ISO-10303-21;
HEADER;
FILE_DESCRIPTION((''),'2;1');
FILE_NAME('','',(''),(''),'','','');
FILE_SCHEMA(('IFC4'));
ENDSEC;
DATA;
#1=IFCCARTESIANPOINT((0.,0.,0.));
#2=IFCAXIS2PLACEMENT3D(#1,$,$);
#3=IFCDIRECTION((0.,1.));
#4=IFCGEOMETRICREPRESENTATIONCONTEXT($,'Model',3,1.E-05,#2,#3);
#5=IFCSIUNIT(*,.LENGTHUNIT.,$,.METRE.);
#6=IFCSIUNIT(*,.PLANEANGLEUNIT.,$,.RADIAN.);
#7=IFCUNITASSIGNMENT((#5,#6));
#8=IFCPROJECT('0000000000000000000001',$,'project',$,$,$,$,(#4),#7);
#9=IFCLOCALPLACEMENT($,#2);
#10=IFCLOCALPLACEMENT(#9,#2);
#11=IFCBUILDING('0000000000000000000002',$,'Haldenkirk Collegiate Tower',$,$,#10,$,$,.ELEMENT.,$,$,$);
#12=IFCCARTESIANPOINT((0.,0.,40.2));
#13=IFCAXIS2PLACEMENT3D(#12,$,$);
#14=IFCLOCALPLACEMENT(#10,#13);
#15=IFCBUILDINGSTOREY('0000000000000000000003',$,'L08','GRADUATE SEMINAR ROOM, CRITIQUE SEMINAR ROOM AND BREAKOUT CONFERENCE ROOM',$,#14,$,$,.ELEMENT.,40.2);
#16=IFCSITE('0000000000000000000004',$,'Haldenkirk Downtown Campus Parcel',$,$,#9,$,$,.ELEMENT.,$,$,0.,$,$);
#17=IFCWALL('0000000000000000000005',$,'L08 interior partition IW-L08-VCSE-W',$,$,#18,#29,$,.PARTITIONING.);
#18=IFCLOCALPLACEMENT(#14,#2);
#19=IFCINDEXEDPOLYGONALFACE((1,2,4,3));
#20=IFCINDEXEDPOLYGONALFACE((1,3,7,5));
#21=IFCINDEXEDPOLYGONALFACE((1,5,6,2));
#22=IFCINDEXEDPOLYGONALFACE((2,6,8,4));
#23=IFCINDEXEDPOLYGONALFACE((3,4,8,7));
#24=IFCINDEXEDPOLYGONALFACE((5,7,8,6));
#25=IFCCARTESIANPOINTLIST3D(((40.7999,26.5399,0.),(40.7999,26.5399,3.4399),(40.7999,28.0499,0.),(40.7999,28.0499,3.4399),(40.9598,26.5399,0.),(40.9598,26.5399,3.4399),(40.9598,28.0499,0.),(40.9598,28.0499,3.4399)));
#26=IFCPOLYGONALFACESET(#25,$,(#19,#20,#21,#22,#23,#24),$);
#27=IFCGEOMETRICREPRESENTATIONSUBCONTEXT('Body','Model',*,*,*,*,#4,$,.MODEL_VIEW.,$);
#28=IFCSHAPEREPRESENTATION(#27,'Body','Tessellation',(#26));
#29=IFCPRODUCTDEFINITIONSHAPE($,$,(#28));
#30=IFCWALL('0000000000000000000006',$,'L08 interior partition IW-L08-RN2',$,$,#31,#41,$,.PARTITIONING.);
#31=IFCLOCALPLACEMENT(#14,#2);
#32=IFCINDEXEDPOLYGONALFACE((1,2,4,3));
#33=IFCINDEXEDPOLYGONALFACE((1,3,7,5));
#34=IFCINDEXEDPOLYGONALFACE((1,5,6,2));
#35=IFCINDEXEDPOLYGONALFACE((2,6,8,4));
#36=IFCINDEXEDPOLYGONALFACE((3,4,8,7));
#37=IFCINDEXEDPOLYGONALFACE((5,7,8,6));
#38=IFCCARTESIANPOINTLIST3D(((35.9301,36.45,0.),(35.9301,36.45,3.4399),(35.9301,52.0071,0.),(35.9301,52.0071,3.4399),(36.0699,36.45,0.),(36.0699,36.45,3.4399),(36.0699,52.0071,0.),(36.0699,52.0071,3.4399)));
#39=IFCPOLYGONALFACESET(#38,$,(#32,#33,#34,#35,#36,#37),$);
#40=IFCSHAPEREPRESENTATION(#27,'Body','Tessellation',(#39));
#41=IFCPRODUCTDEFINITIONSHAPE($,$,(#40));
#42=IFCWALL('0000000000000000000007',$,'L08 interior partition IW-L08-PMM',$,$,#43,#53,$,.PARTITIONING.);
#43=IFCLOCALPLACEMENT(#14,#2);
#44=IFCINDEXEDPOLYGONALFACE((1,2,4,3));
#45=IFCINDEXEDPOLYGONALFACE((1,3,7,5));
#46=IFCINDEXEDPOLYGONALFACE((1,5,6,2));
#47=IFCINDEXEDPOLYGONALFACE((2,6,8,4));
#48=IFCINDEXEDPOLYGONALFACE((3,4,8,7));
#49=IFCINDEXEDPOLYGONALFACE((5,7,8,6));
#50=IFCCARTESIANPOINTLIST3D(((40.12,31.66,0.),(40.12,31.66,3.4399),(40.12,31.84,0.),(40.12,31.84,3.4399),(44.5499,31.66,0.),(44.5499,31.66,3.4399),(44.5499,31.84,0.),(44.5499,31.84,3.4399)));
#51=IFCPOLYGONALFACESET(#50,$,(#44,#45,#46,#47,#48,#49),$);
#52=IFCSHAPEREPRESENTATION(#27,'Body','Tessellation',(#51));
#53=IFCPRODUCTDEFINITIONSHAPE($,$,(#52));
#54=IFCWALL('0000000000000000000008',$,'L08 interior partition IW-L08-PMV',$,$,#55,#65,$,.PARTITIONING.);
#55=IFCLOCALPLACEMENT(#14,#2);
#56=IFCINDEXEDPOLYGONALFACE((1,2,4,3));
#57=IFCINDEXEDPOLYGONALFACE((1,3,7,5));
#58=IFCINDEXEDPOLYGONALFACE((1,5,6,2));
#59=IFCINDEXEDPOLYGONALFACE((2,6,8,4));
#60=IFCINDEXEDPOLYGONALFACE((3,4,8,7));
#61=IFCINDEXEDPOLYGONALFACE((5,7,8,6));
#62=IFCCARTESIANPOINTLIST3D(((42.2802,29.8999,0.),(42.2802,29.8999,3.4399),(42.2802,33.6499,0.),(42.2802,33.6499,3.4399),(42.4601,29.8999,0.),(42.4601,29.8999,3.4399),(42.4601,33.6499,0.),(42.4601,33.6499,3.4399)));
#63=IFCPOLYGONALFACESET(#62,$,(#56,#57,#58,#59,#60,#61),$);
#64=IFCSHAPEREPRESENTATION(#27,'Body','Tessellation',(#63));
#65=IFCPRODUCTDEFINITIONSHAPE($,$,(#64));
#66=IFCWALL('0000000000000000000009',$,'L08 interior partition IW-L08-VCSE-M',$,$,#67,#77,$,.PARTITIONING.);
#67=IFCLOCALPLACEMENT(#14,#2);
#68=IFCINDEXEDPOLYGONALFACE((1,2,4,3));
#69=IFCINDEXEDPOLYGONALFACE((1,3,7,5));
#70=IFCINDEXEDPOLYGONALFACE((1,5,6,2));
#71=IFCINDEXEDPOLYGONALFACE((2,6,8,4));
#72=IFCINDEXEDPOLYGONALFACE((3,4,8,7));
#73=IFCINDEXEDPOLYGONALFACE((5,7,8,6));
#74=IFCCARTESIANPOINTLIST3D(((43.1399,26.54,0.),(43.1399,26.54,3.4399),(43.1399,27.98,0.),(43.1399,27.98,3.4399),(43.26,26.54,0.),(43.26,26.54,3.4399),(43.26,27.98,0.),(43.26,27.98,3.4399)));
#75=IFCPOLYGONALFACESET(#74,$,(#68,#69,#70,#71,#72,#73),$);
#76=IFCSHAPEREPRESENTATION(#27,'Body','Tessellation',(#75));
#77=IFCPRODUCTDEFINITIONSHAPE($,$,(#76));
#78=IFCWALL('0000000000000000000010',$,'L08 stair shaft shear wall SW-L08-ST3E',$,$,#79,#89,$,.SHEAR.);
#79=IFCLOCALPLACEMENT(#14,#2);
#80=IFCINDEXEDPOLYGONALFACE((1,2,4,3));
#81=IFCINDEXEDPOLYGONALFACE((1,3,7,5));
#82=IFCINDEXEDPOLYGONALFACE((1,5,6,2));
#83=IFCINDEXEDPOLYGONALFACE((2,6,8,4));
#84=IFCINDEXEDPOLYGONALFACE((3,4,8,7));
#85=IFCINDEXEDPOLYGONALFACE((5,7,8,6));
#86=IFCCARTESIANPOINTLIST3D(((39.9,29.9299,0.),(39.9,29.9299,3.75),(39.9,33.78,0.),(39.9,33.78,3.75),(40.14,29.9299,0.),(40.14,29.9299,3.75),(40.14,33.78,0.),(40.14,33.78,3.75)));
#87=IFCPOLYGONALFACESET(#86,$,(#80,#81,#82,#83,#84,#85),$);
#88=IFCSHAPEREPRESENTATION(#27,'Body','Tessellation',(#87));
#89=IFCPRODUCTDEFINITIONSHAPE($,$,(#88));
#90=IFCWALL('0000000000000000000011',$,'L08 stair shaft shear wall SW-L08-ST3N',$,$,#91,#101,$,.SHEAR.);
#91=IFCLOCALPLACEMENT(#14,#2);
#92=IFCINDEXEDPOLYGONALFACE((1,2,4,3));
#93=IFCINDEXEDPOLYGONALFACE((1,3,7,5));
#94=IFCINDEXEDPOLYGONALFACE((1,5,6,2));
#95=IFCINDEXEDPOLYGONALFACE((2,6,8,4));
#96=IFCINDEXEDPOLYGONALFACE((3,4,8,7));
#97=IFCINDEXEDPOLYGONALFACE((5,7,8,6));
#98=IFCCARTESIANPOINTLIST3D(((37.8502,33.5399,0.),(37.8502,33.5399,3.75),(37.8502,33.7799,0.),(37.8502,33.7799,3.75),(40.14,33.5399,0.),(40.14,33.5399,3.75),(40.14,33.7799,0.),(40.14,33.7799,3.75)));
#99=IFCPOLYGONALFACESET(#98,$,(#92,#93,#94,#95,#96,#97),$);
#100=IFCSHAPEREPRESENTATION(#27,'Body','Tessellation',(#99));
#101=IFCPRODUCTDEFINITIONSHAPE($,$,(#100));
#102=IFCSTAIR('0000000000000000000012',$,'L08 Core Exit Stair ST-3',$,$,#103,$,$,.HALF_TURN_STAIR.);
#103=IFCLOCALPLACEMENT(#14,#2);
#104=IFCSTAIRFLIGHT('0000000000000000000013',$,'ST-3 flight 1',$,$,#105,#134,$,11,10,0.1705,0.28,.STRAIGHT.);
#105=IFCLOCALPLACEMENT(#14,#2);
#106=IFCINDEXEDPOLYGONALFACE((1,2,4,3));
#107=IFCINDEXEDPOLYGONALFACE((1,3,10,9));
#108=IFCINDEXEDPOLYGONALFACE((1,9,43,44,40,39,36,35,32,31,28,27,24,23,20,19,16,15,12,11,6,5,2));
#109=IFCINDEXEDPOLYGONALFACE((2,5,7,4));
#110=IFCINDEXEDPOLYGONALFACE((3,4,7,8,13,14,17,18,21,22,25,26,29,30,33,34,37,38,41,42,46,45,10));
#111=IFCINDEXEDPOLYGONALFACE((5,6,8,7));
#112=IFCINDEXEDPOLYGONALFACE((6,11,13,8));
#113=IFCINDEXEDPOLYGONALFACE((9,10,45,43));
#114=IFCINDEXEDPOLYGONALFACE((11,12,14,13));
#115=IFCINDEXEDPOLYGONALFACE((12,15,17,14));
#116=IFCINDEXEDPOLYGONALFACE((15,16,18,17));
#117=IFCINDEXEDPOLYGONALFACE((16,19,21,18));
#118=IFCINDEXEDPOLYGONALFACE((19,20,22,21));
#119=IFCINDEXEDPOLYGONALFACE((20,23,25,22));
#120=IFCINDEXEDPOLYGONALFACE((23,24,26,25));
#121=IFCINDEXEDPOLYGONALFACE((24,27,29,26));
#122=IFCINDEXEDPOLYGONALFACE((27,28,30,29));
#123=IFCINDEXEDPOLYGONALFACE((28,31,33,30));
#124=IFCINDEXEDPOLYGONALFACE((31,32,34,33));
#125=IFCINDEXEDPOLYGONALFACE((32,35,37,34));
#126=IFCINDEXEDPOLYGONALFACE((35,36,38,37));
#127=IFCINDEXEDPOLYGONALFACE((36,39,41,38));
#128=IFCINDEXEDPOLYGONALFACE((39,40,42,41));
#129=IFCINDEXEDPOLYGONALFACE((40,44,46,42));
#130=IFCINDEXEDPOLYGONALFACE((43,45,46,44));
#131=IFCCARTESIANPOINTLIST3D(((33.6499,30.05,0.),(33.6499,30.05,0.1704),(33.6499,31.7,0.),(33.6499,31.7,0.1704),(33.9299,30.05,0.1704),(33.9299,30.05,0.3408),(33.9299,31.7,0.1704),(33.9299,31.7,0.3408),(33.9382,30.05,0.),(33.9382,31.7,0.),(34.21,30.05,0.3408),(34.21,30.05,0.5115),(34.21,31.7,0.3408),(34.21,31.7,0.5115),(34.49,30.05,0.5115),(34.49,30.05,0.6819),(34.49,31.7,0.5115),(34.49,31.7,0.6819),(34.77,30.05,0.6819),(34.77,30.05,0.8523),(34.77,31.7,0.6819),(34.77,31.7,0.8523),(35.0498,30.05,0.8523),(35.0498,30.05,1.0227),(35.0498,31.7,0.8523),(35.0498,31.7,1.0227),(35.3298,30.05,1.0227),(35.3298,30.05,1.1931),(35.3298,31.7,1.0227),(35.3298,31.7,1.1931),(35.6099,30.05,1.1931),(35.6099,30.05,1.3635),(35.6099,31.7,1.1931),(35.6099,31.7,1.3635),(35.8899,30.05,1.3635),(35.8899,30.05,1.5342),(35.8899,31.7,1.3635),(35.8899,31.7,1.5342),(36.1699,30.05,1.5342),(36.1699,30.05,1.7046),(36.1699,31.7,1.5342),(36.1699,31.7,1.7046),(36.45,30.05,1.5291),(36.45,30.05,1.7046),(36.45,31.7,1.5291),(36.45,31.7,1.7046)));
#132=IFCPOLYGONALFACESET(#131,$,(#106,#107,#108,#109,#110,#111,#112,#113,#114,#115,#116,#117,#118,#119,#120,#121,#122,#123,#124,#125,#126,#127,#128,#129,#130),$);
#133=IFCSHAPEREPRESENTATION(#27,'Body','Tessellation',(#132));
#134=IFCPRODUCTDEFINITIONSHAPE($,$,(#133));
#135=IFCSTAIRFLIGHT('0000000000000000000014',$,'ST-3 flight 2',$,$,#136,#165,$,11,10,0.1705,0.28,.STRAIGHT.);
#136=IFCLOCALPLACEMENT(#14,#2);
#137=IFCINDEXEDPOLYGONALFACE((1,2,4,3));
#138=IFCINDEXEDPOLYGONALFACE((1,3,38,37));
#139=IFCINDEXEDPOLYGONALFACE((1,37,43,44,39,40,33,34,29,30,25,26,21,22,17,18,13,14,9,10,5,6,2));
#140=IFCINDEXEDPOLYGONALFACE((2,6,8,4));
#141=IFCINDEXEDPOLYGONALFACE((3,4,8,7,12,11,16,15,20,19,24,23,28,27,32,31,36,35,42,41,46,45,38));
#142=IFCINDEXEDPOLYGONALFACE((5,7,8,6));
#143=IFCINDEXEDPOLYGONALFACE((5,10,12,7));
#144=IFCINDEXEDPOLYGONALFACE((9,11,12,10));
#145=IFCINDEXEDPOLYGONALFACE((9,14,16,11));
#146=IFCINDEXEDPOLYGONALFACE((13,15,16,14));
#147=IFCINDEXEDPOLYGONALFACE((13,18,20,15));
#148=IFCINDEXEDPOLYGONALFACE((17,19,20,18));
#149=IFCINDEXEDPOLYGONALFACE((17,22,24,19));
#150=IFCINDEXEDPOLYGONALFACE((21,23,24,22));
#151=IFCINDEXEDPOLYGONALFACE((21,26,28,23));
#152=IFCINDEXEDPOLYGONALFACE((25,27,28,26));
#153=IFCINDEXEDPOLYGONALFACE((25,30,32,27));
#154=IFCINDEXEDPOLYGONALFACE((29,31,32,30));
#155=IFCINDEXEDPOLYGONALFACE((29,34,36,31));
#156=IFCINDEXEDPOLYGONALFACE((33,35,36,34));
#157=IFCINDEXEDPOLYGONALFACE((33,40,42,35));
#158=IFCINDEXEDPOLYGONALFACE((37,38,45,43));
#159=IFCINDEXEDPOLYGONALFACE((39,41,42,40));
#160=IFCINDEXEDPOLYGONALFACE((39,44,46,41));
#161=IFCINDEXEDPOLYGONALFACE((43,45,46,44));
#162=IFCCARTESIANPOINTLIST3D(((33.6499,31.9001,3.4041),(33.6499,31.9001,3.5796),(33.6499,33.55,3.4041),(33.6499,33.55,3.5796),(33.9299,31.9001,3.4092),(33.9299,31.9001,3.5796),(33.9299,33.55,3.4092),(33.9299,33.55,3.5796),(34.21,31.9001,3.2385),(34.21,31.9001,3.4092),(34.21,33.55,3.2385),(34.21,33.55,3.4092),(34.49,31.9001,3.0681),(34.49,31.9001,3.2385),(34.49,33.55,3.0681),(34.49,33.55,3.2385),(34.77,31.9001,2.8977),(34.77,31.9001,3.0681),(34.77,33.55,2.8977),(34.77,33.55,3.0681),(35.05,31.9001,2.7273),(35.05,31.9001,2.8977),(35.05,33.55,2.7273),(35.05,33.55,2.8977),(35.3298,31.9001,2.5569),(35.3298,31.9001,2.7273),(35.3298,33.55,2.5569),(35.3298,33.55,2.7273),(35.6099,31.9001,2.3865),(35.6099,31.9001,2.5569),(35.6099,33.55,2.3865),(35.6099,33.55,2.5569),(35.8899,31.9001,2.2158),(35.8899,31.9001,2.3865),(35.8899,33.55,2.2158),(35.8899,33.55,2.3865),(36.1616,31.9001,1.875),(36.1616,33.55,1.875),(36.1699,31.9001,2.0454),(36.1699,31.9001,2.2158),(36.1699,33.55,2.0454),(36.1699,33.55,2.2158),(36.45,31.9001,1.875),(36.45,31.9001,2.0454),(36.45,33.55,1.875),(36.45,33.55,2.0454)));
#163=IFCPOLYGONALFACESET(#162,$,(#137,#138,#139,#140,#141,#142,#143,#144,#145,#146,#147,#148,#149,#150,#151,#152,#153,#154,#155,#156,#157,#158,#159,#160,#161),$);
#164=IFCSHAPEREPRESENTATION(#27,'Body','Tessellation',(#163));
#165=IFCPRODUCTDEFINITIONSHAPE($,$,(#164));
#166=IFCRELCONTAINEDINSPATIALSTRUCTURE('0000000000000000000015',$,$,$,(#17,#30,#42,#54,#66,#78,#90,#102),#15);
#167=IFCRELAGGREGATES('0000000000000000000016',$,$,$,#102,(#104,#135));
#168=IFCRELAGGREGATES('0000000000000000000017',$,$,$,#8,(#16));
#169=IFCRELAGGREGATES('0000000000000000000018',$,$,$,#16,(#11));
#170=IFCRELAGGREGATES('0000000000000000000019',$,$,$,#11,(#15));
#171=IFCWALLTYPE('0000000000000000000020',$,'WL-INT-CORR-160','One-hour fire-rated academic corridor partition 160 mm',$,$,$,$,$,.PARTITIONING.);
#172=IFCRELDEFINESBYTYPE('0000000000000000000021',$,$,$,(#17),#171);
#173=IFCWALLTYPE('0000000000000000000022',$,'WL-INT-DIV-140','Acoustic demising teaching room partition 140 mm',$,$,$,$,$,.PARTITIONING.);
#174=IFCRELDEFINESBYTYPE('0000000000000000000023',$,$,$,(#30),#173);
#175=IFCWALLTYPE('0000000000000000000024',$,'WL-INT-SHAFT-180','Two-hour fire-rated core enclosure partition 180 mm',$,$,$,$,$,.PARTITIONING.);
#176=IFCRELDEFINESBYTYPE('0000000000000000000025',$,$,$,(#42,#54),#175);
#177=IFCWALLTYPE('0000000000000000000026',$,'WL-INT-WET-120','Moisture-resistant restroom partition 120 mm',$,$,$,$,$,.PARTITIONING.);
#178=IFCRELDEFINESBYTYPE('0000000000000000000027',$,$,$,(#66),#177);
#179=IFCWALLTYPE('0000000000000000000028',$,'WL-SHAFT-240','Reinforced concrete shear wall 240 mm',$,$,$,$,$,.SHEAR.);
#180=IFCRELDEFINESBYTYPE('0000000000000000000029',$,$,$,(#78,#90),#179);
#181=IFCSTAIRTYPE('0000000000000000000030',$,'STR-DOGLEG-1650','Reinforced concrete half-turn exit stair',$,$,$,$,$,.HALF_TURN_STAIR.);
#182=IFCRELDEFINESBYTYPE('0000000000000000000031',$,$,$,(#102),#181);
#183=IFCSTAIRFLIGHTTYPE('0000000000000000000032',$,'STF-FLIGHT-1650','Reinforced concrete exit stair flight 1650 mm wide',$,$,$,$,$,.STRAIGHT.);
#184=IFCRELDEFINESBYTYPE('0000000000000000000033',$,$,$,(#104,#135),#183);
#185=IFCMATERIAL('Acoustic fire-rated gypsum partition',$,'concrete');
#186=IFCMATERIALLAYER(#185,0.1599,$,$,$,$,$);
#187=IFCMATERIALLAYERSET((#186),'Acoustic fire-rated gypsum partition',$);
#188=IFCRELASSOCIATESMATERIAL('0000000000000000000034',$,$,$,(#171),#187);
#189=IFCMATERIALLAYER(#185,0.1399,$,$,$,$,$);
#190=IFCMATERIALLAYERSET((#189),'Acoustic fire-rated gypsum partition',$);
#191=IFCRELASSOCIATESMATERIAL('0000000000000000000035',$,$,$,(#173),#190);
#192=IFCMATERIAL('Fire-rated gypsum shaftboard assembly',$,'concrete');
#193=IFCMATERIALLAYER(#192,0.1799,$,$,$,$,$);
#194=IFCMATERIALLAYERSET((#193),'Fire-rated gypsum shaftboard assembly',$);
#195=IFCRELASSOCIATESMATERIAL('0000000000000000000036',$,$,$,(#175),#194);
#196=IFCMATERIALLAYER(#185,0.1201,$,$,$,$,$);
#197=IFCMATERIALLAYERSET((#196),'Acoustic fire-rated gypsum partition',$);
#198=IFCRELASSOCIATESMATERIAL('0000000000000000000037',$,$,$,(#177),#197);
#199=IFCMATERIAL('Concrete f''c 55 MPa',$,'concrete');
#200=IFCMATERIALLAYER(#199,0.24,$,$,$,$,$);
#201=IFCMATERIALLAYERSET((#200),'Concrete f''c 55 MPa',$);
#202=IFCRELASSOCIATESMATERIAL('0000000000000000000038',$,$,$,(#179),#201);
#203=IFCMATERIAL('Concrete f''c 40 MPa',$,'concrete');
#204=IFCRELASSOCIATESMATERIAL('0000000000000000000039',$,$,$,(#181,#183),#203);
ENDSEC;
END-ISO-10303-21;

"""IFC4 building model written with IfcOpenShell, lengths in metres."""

from ifc_helpers import new_model, si_unit, direction, frame, frame_2d, origin, place, context, subcontext, project, spatial, polyline, rectangle, outline, extrude, material, layer, layer_set, type_object, element, aggregate, save


model = new_model("IFC4")

# Units and contexts
model_context = context("Model", 3, precision=1e-05, world=origin(), true_north=direction((0.0, 1.0)))
body_context = subcontext(model_context, "Body", "Model", "MODEL_VIEW")
ifc_project = project(units=[si_unit("LENGTHUNIT", "METRE"), si_unit("PLANEANGLEUNIT", "RADIAN")], contexts=[model_context])

# Site, building, storey
site_placement = place(None, origin())
site = spatial("IfcSite", under=ifc_project, at=site_placement, Name="Haldenkirk Downtown Campus Parcel", CompositionType="ELEMENT", RefElevation=0.0)
building_placement = place(site_placement, origin())
building = spatial("IfcBuilding", under=site, at=building_placement, Name="Haldenkirk Collegiate Tower", CompositionType="ELEMENT")
storey_placement = place(building_placement, frame((0.0, 0.0, 40.2)))
storey = spatial("IfcBuildingStorey", under=building, at=storey_placement, Name="L08", Description="GRADUATE SEMINAR ROOM, CRITIQUE SEMINAR ROOM AND BREAKOUT CONFERENCE ROOM", CompositionType="ELEMENT", Elevation=40.2)

# Shared definitions
ifc_material_1 = material(Name="Acoustic fire-rated gypsum partition", Category="concrete")
ifc_layer_1 = layer(ifc_material_1, 0.1599)
ifc_layer_set_1 = layer_set([ifc_layer_1], Name="Acoustic fire-rated gypsum partition")
wall_type_1 = type_object("IfcWallType", Name="WL-INT-CORR-160", Description="One-hour fire-rated academic corridor partition 160 mm", PredefinedType="PARTITIONING", material=ifc_layer_set_1)

# Walls
wall_1_placement = place(storey_placement, frame((40.8799, 26.54, 0.0), z_axis=(0.0, 0.0, 1.0), x_axis=(0.0, 1.0, 0.0)))
element("IfcWall", 1, at=wall_1_placement, inside=storey, type_object=wall_type_1, Name="L08 interior partition IW-L08-VCSE-W", PredefinedType="PARTITIONING", context=body_context, shape_type="SweptSolid", body=[
    extrude(rectangle(XDim=1.51, YDim=0.1599, at=frame_2d((0.7549, 0.0))), origin(), (0.0, 0.0, 1.0), 3.4399),
])
ifc_layer_2 = layer(ifc_material_1, 0.1399)
ifc_layer_set_2 = layer_set([ifc_layer_2], Name="Acoustic fire-rated gypsum partition")
wall_type_2 = type_object("IfcWallType", Name="WL-INT-DIV-140", Description="Acoustic demising teaching room partition 140 mm", PredefinedType="PARTITIONING", material=ifc_layer_set_2)
wall_2_placement = place(storey_placement, frame((36.0, 36.45, 0.0), z_axis=(0.0, 0.0, 1.0), x_axis=(0.0, 1.0, 0.0)))
element("IfcWall", 2, at=wall_2_placement, inside=storey, type_object=wall_type_2, Name="L08 interior partition IW-L08-RN2", PredefinedType="PARTITIONING", context=body_context, shape_type="SweptSolid", body=[
    extrude(rectangle(XDim=15.5571, YDim=0.1399, at=frame_2d((7.7786, 0.0))), origin(), (0.0, 0.0, 1.0), 3.4399),
])

# Shared definitions
ifc_material_2 = material(Name="Fire-rated gypsum shaftboard assembly", Category="concrete")
ifc_layer_3 = layer(ifc_material_2, 0.1799)
ifc_layer_set_3 = layer_set([ifc_layer_3], Name="Fire-rated gypsum shaftboard assembly")
wall_type_3 = type_object("IfcWallType", Name="WL-INT-SHAFT-180", Description="Two-hour fire-rated core enclosure partition 180 mm", PredefinedType="PARTITIONING", material=ifc_layer_set_3)

# Walls
wall_3_placement = place(storey_placement, frame((40.1201, 31.75, 0.0), z_axis=(0.0, 0.0, 1.0), x_axis=(1.0, 0.0, 0.0)))
element("IfcWall", 3, at=wall_3_placement, inside=storey, type_object=wall_type_3, Name="L08 interior partition IW-L08-PMM", PredefinedType="PARTITIONING", context=body_context, shape_type="SweptSolid", body=[
    extrude(rectangle(XDim=4.4299, YDim=0.1799, at=frame_2d((2.2148, 0.0))), origin(), (0.0, 0.0, 1.0), 3.4399),
])
wall_4_placement = place(storey_placement, frame((42.3701, 29.8999, 0.0), z_axis=(0.0, 0.0, 1.0), x_axis=(0.0, 1.0, 0.0)))
element("IfcWall", 4, at=wall_4_placement, inside=storey, type_object=wall_type_3, Name="L08 interior partition IW-L08-PMV", PredefinedType="PARTITIONING", context=body_context, shape_type="SweptSolid", body=[
    extrude(rectangle(XDim=3.75, YDim=0.1799, at=frame_2d((1.875, 0.0))), origin(), (0.0, 0.0, 1.0), 3.4399),
])
ifc_layer_4 = layer(ifc_material_1, 0.1201)
ifc_layer_set_4 = layer_set([ifc_layer_4], Name="Acoustic fire-rated gypsum partition")
wall_type_4 = type_object("IfcWallType", Name="WL-INT-WET-120", Description="Moisture-resistant restroom partition 120 mm", PredefinedType="PARTITIONING", material=ifc_layer_set_4)
wall_5_placement = place(storey_placement, frame((43.2, 26.54, 0.0), z_axis=(0.0, 0.0, 1.0), x_axis=(0.0, 1.0, 0.0)))
element("IfcWall", 5, at=wall_5_placement, inside=storey, type_object=wall_type_4, Name="L08 interior partition IW-L08-VCSE-M", PredefinedType="PARTITIONING", context=body_context, shape_type="SweptSolid", body=[
    extrude(rectangle(XDim=1.4399, YDim=0.1201, at=frame_2d((0.72, 0.0))), origin(), (0.0, 0.0, 1.0), 3.4399),
])
ifc_material_3 = material(Name="Concrete f'c 55 MPa", Category="concrete")
ifc_layer_5 = layer(ifc_material_3, 0.24)
ifc_layer_set_5 = layer_set([ifc_layer_5], Name="Concrete f'c 55 MPa")
wall_type_5 = type_object("IfcWallType", Name="WL-SHAFT-240", Description="Reinforced concrete shear wall 240 mm", PredefinedType="SHEAR", material=ifc_layer_set_5)
wall_6_placement = place(storey_placement, frame((40.02, 29.9299, 0.0), z_axis=(0.0, 0.0, 1.0), x_axis=(0.0, 1.0, 0.0)))
element("IfcWall", 6, at=wall_6_placement, inside=storey, type_object=wall_type_5, Name="L08 stair shaft shear wall SW-L08-ST3E", PredefinedType="SHEAR", context=body_context, shape_type="SweptSolid", body=[
    extrude(rectangle(XDim=3.8501, YDim=0.24, at=frame_2d((1.925, 0.0))), origin(), (0.0, 0.0, 1.0), 3.75),
])
wall_7_placement = place(storey_placement, frame((37.8501, 33.6599, 0.0), z_axis=(0.0, 0.0, 1.0), x_axis=(1.0, 0.0, 0.0)))
element("IfcWall", 7, at=wall_7_placement, inside=storey, type_object=wall_type_5, Name="L08 stair shaft shear wall SW-L08-ST3N", PredefinedType="SHEAR", context=body_context, shape_type="SweptSolid", body=[
    extrude(rectangle(XDim=2.2898, YDim=0.24, at=frame_2d((1.145, 0.0))), origin(), (0.0, 0.0, 1.0), 3.75),
])

# Stair, stair flights
ifc_material_4 = material(Name="Concrete f'c 40 MPa", Category="concrete")
stair_type = type_object("IfcStairType", Name="STR-DOGLEG-1650", Description="Reinforced concrete half-turn exit stair", PredefinedType="HALF_TURN_STAIR", material=ifc_material_4)
stair_placement = place(storey_placement, origin())
stair = element("IfcStair", 8, at=stair_placement, inside=storey, type_object=stair_type, Name="L08 Core Exit Stair ST-3", PredefinedType="HALF_TURN_STAIR")
stair_flight_type = type_object("IfcStairFlightType", Name="STF-FLIGHT-1650", Description="Reinforced concrete exit stair flight 1650 mm wide", PredefinedType="STRAIGHT", material=ifc_material_4)
stair_flight_1_placement = place(storey_placement, frame((33.6499, 30.875, 0.0), z_axis=(0.0, 0.0, 1.0), x_axis=(1.0, 0.0, 0.0)))
stair_flight_1 = element("IfcStairFlight", 9, at=stair_flight_1_placement, type_object=stair_flight_type, Name="ST-3 flight 1", NumberOfRisers=11, NumberOfTreads=10, PredefinedType="STRAIGHT", RiserHeight=0.1705, TreadLength=0.28, context=body_context, shape_type="SweptSolid", body=[
    extrude(outline(polyline([(0.0, 0.0), (0.0, 0.1704), (0.28, 0.1704), (0.28, 0.3408), (0.5601, 0.3408), (0.5601, 0.5115), (0.8401, 0.5115), (0.8401, 0.6819), (1.1201, 0.6819), (1.1201, 0.8523), (1.3999, 0.8523), (1.3999, 1.0227), (1.6799, 1.0227), (1.6799, 1.1931), (1.96, 1.1931), (1.96, 1.3635), (2.24, 1.3635), (2.24, 1.5342), (2.52, 1.5342), (2.52, 1.7046), (2.8, 1.7046), (2.8, 1.875), (2.8, 1.5291), (0.2883, 0.0), (0.0, 0.0)])), frame((0.0, 0.825, 0.0), z_axis=(0.0, -1.0, 0.0), x_axis=(1.0, 0.0, 0.0)), (0.0, 0.0, 1.0), 1.6499),
])
stair_flight_2_placement = place(storey_placement, frame((36.45, 32.7251, 1.875), z_axis=(0.0, 0.0, 1.0), x_axis=(-1.0, 0.0, 0.0)))
stair_flight_2 = element("IfcStairFlight", 10, at=stair_flight_2_placement, type_object=stair_flight_type, Name="ST-3 flight 2", NumberOfRisers=11, NumberOfTreads=10, PredefinedType="STRAIGHT", RiserHeight=0.1705, TreadLength=0.28, context=body_context, shape_type="SweptSolid", body=[
    extrude(outline(polyline([(0.0, 0.0), (0.0, 0.1704), (0.28, 0.1704), (0.28, 0.3408), (0.5601, 0.3408), (0.5601, 0.5115), (0.8401, 0.5115), (0.8401, 0.6819), (1.1201, 0.6819), (1.1201, 0.8523), (1.3999, 0.8523), (1.3999, 1.0227), (1.6799, 1.0227), (1.6799, 1.1931), (1.96, 1.1931), (1.96, 1.3635), (2.24, 1.3635), (2.24, 1.5342), (2.52, 1.5342), (2.52, 1.7046), (2.8, 1.7046), (2.8, 1.875), (2.8, 1.5291), (0.2883, 0.0), (0.0, 0.0)])), frame((0.0, 0.825, 0.0), z_axis=(0.0, -1.0, 0.0), x_axis=(1.0, 0.0, 0.0)), (0.0, 0.0, 1.0), 1.6499),
])
aggregate(stair, [stair_flight_1, stair_flight_2])

save(model, "model.ifc")
